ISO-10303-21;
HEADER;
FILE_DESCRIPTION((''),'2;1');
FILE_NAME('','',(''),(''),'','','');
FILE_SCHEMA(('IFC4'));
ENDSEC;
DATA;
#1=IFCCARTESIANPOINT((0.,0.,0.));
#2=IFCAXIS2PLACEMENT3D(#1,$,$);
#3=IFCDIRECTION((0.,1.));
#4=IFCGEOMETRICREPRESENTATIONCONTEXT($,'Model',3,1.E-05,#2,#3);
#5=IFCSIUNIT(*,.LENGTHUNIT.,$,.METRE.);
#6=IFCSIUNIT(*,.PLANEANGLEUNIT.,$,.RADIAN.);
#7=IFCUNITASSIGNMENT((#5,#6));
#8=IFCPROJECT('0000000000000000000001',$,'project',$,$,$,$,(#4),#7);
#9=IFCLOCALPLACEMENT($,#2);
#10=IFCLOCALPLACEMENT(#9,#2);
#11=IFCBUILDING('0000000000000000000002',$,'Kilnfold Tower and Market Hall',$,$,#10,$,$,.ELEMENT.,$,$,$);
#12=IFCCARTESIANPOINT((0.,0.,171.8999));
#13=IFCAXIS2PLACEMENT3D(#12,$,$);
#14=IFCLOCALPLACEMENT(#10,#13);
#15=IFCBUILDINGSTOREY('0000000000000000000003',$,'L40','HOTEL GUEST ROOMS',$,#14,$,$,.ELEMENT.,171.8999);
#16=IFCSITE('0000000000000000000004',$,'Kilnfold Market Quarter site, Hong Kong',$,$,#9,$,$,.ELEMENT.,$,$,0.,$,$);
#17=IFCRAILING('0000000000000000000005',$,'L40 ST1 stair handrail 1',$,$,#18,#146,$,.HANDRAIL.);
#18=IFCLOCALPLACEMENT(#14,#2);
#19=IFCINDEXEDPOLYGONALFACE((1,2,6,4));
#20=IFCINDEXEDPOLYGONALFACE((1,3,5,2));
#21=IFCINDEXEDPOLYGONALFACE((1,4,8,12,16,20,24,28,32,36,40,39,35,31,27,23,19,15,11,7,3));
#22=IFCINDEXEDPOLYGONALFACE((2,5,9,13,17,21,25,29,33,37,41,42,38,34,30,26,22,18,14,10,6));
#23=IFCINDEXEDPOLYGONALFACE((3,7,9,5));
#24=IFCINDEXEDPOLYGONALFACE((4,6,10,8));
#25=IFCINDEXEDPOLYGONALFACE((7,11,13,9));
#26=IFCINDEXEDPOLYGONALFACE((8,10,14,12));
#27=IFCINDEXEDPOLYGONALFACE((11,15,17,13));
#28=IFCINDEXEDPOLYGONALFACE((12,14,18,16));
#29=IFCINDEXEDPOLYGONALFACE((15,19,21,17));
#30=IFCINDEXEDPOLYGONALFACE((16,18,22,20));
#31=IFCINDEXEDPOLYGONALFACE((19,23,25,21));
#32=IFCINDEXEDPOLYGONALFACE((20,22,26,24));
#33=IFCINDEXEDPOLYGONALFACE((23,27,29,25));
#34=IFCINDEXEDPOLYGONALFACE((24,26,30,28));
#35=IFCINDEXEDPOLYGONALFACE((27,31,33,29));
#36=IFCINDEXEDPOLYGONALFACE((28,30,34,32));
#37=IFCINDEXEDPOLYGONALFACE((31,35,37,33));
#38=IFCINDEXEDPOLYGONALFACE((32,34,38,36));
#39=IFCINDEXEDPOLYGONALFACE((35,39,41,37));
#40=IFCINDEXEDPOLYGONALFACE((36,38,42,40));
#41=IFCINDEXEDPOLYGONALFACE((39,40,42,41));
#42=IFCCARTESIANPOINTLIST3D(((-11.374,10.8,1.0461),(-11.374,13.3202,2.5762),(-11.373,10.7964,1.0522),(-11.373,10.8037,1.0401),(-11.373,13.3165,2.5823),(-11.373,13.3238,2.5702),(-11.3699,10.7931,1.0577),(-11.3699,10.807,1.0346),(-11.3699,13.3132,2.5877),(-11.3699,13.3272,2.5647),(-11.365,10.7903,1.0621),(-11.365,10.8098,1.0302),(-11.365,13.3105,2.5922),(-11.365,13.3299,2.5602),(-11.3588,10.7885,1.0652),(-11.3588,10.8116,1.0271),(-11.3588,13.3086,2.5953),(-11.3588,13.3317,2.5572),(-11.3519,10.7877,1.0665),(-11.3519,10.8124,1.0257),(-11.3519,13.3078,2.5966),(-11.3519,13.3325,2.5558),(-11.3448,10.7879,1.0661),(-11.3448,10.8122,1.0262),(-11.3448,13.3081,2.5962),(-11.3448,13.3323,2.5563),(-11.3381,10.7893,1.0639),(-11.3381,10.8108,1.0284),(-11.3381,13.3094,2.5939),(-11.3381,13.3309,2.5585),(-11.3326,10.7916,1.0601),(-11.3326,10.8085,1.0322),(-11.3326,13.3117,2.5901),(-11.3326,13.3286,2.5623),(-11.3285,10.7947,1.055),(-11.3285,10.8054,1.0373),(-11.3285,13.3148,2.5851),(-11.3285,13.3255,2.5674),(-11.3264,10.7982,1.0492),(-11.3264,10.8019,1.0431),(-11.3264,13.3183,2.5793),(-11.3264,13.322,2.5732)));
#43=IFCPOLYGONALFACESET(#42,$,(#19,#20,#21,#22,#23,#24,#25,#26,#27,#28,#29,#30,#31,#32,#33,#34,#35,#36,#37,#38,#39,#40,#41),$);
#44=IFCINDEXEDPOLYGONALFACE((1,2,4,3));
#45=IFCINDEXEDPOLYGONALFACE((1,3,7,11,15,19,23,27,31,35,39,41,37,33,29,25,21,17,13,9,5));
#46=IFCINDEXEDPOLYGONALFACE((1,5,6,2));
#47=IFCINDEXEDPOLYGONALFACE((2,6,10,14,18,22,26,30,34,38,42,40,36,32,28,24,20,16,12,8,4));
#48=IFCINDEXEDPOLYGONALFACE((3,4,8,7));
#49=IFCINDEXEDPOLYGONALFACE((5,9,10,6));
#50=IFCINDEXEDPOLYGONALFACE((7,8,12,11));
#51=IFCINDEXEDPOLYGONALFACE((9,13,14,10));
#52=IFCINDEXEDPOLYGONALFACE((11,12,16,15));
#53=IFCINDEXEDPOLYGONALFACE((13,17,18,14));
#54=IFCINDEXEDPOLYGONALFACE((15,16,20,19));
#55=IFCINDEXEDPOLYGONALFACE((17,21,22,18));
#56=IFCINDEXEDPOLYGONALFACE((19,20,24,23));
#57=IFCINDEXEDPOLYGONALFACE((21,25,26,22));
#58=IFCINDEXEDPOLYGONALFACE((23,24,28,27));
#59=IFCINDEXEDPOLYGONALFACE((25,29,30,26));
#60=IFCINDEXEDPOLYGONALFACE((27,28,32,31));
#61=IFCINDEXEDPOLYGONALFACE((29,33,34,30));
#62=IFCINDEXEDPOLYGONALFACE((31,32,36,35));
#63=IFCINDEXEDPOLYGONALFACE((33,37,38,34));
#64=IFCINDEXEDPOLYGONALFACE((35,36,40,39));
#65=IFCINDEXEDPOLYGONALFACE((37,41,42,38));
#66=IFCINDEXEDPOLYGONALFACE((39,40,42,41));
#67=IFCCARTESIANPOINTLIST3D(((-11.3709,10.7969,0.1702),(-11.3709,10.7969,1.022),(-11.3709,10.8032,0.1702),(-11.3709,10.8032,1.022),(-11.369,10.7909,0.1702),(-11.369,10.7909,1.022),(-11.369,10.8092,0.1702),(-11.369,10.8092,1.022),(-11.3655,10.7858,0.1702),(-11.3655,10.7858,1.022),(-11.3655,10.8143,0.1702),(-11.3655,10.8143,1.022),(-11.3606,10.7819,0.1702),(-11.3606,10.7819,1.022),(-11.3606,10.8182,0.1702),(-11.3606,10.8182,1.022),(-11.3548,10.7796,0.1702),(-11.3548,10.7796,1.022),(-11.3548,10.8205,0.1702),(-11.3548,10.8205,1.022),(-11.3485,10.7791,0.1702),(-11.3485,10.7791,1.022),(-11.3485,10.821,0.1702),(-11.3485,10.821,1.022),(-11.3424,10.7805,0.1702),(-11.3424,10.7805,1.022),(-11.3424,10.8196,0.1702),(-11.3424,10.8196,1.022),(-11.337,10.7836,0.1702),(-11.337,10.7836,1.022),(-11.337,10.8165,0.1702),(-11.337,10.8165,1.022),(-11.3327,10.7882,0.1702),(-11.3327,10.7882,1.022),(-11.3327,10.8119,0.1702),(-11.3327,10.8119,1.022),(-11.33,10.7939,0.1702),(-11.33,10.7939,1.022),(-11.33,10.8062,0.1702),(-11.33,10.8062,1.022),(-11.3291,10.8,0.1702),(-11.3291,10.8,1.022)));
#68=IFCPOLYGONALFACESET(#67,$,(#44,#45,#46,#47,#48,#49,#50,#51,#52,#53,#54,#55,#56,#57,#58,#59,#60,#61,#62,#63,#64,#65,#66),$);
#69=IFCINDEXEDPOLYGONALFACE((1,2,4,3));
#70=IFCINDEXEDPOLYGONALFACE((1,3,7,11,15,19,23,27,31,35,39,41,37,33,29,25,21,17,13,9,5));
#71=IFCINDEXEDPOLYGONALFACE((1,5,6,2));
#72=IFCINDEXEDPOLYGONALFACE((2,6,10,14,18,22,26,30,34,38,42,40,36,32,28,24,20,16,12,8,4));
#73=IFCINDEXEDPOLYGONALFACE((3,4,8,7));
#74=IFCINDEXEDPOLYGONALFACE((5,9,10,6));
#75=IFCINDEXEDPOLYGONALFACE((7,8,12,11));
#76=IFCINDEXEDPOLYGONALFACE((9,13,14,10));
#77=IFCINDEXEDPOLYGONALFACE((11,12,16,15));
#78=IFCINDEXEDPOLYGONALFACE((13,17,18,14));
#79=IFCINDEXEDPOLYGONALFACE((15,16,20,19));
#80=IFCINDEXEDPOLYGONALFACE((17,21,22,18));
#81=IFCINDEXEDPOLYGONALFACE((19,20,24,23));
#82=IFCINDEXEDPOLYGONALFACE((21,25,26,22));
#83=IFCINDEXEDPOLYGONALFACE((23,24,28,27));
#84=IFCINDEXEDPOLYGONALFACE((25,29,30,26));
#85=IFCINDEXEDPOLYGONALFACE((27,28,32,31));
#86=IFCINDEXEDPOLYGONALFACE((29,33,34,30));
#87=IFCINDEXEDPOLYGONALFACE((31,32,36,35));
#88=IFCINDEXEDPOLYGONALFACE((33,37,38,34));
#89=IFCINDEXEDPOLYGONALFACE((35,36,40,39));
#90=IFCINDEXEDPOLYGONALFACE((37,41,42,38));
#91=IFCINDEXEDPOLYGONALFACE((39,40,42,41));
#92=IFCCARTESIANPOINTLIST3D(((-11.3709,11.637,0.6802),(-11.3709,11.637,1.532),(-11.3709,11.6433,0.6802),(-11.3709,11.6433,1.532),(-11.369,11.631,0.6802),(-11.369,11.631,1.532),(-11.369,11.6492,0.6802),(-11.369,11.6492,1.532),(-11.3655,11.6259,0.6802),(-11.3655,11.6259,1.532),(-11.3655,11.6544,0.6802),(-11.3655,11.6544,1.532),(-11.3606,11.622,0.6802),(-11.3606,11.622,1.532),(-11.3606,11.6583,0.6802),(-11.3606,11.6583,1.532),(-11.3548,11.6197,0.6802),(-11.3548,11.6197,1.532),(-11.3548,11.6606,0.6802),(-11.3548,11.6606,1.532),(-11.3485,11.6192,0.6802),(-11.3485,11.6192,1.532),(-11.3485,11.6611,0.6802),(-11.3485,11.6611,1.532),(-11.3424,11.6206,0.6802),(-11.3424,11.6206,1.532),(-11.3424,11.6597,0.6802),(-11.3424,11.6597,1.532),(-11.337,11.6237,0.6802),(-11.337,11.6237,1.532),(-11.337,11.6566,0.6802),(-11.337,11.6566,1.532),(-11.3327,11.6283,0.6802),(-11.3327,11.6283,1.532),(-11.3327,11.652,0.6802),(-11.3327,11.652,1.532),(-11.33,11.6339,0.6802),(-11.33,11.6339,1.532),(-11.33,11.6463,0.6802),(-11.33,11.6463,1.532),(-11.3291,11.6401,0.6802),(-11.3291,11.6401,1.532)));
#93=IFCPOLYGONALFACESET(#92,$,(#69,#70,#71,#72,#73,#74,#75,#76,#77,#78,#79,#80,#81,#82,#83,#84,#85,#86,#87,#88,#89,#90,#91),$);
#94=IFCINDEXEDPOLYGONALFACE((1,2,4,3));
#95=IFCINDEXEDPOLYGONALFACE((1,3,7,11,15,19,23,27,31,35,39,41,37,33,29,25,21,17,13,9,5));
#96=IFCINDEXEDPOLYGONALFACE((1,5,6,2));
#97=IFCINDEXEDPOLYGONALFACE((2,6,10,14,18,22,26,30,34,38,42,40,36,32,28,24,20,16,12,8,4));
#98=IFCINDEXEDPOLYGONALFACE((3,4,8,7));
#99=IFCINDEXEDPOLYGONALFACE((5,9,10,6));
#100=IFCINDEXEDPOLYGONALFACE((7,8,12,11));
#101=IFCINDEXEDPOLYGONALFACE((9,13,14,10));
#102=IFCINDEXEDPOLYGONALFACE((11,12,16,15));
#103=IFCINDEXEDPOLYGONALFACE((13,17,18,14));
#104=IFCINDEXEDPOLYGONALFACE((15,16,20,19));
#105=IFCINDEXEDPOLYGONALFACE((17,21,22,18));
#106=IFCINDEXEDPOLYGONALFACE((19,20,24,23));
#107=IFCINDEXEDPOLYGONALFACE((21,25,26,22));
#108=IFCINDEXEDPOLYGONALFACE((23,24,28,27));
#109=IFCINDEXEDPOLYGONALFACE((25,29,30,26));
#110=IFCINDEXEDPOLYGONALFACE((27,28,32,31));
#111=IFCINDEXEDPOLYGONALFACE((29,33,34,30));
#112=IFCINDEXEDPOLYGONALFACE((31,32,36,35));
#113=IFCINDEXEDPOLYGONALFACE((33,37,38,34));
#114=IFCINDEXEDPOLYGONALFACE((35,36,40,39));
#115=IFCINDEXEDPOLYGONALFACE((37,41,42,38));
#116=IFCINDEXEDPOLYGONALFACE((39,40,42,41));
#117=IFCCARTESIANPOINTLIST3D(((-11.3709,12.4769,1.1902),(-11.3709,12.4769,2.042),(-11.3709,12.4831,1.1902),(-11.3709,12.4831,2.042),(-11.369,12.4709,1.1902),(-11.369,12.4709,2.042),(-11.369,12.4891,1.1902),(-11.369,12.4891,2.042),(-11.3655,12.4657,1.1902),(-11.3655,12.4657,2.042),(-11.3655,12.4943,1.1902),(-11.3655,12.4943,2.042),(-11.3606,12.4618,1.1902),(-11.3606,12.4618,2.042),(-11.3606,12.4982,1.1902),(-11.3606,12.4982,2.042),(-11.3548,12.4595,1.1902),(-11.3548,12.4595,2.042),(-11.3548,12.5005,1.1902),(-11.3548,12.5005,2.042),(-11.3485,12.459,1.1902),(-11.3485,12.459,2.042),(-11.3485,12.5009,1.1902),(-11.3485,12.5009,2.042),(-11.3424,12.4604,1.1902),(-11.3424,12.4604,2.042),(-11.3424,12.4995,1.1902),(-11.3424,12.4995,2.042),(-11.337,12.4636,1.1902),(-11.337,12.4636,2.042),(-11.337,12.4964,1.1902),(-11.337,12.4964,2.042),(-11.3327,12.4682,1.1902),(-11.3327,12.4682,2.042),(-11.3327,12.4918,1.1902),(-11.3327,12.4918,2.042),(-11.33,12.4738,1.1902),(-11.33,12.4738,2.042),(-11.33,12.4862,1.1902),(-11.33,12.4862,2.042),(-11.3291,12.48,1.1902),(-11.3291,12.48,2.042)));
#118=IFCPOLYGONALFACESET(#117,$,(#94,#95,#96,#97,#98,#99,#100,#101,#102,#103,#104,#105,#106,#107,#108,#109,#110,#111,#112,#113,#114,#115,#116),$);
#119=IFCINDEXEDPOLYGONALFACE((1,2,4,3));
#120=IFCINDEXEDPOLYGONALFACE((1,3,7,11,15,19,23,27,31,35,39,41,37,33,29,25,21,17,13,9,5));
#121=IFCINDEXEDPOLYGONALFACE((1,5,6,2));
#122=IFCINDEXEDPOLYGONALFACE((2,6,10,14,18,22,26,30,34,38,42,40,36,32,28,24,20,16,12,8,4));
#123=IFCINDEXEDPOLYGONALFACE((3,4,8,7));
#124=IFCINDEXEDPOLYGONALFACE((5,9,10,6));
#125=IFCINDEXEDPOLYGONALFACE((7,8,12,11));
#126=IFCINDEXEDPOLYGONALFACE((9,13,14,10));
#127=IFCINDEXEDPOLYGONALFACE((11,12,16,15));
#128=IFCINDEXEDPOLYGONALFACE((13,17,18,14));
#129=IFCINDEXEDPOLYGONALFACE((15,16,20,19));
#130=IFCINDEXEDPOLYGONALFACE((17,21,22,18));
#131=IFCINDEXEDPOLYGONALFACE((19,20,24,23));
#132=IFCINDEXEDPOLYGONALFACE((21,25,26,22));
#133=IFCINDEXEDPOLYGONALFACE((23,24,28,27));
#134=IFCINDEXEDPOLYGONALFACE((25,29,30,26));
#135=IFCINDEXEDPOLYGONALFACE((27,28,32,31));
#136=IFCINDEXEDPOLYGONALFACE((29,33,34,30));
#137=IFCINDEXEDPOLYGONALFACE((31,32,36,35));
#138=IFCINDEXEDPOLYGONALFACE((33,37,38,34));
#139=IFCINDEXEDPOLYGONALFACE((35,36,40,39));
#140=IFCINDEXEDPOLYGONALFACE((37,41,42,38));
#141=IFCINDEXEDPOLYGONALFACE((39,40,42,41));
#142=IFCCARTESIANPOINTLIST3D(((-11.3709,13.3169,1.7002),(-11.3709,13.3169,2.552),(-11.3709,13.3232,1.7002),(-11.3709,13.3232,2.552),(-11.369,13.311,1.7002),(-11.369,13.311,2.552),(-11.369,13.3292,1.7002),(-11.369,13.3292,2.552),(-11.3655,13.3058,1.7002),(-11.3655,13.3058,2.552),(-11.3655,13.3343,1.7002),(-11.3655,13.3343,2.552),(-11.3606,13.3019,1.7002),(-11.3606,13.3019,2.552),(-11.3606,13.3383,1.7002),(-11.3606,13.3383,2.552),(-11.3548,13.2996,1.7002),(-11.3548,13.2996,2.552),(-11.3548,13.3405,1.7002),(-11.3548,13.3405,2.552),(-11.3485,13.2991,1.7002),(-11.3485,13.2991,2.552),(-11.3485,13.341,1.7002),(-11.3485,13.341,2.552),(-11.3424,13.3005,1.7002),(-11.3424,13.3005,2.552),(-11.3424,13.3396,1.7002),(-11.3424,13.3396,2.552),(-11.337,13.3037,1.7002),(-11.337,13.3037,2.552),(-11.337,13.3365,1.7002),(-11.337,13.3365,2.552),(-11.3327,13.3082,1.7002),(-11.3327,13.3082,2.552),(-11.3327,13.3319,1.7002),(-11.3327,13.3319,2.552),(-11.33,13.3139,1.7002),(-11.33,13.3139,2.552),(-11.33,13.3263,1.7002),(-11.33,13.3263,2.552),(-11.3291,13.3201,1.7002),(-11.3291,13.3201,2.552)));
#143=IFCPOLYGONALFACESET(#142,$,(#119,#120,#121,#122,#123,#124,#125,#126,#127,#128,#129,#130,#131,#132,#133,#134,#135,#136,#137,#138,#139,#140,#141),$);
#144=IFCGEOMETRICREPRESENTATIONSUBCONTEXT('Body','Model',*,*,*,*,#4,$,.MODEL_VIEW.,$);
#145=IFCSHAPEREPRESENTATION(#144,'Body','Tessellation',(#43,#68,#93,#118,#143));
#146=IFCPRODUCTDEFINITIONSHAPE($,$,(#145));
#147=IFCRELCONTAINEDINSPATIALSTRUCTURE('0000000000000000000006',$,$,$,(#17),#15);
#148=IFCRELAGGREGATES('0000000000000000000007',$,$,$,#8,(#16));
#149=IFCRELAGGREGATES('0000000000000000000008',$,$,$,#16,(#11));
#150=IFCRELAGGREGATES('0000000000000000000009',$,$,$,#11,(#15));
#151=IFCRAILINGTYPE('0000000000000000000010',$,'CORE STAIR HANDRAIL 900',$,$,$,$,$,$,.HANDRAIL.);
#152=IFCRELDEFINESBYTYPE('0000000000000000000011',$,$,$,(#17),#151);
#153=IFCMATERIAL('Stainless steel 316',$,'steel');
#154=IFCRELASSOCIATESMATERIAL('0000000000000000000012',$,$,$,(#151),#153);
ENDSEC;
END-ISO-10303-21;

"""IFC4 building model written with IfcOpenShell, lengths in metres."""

from ifc_helpers import new_model, si_unit, direction, frame, origin, origin_2d, place, context, subcontext, project, spatial, circle, extrude, material, type_object, element, save


model = new_model("IFC4")

# Units and contexts
model_context = context("Model", 3, precision=1e-05, world=origin(), true_north=direction((0.0, 1.0)))
body_context = subcontext(model_context, "Body", "Model", "MODEL_VIEW")
ifc_project = project(units=[si_unit("LENGTHUNIT", "METRE"), si_unit("PLANEANGLEUNIT", "RADIAN")], contexts=[model_context])

# Site, building, storey
site_placement = place(None, origin())
site = spatial("IfcSite", under=ifc_project, at=site_placement, Name="Kilnfold Market Quarter site, Hong Kong", CompositionType="ELEMENT", RefElevation=0.0)
building_placement = place(site_placement, origin())
building = spatial("IfcBuilding", under=site, at=building_placement, Name="Kilnfold Tower and Market Hall", CompositionType="ELEMENT")
storey_placement = place(building_placement, frame((0.0, 0.0, 171.8999)))
storey = spatial("IfcBuildingStorey", under=building, at=storey_placement, Name="L40", Description="HOTEL GUEST ROOMS", CompositionType="ELEMENT", Elevation=171.8999)

# Railing
ifc_material_1 = material(Name="Stainless steel 316", Category="steel")
railing_type_1 = type_object("IfcRailingType", Name="CORE STAIR HANDRAIL 900", PredefinedType="HANDRAIL", material=ifc_material_1)
railing_1_placement = place(storey_placement, frame((-11.3501, 10.8, 0.1702)))
element("IfcRailing", 1, at=railing_1_placement, inside=storey, type_object=railing_type_1, Name="L40 ST1 stair handrail 1", PredefinedType="HANDRAIL", context=body_context, shape_type="SweptSolid", body=[
    extrude(circle(Radius=0.0239, at=origin_2d()), frame((0.0, 0.0, 0.876), z_axis=(0.0, 0.854785, 0.518982), x_axis=(-1.0, 0.0, 0.0)), (0.0, 0.0, 1.0), 2.9482),
    extrude(circle(Radius=0.021, at=origin_2d()), origin(), (0.0, 0.0, 1.0), 0.8518),
    extrude(circle(Radius=0.021, at=origin_2d()), frame((0.0, 0.8401, 0.51)), (0.0, 0.0, 1.0), 0.8518),
    extrude(circle(Radius=0.021, at=origin_2d()), frame((0.0, 1.6799, 1.02)), (0.0, 0.0, 1.0), 0.8518),
    extrude(circle(Radius=0.021, at=origin_2d()), frame((0.0, 2.52, 1.53)), (0.0, 0.0, 1.0), 0.8518),
])

save(model, "model.ifc")
